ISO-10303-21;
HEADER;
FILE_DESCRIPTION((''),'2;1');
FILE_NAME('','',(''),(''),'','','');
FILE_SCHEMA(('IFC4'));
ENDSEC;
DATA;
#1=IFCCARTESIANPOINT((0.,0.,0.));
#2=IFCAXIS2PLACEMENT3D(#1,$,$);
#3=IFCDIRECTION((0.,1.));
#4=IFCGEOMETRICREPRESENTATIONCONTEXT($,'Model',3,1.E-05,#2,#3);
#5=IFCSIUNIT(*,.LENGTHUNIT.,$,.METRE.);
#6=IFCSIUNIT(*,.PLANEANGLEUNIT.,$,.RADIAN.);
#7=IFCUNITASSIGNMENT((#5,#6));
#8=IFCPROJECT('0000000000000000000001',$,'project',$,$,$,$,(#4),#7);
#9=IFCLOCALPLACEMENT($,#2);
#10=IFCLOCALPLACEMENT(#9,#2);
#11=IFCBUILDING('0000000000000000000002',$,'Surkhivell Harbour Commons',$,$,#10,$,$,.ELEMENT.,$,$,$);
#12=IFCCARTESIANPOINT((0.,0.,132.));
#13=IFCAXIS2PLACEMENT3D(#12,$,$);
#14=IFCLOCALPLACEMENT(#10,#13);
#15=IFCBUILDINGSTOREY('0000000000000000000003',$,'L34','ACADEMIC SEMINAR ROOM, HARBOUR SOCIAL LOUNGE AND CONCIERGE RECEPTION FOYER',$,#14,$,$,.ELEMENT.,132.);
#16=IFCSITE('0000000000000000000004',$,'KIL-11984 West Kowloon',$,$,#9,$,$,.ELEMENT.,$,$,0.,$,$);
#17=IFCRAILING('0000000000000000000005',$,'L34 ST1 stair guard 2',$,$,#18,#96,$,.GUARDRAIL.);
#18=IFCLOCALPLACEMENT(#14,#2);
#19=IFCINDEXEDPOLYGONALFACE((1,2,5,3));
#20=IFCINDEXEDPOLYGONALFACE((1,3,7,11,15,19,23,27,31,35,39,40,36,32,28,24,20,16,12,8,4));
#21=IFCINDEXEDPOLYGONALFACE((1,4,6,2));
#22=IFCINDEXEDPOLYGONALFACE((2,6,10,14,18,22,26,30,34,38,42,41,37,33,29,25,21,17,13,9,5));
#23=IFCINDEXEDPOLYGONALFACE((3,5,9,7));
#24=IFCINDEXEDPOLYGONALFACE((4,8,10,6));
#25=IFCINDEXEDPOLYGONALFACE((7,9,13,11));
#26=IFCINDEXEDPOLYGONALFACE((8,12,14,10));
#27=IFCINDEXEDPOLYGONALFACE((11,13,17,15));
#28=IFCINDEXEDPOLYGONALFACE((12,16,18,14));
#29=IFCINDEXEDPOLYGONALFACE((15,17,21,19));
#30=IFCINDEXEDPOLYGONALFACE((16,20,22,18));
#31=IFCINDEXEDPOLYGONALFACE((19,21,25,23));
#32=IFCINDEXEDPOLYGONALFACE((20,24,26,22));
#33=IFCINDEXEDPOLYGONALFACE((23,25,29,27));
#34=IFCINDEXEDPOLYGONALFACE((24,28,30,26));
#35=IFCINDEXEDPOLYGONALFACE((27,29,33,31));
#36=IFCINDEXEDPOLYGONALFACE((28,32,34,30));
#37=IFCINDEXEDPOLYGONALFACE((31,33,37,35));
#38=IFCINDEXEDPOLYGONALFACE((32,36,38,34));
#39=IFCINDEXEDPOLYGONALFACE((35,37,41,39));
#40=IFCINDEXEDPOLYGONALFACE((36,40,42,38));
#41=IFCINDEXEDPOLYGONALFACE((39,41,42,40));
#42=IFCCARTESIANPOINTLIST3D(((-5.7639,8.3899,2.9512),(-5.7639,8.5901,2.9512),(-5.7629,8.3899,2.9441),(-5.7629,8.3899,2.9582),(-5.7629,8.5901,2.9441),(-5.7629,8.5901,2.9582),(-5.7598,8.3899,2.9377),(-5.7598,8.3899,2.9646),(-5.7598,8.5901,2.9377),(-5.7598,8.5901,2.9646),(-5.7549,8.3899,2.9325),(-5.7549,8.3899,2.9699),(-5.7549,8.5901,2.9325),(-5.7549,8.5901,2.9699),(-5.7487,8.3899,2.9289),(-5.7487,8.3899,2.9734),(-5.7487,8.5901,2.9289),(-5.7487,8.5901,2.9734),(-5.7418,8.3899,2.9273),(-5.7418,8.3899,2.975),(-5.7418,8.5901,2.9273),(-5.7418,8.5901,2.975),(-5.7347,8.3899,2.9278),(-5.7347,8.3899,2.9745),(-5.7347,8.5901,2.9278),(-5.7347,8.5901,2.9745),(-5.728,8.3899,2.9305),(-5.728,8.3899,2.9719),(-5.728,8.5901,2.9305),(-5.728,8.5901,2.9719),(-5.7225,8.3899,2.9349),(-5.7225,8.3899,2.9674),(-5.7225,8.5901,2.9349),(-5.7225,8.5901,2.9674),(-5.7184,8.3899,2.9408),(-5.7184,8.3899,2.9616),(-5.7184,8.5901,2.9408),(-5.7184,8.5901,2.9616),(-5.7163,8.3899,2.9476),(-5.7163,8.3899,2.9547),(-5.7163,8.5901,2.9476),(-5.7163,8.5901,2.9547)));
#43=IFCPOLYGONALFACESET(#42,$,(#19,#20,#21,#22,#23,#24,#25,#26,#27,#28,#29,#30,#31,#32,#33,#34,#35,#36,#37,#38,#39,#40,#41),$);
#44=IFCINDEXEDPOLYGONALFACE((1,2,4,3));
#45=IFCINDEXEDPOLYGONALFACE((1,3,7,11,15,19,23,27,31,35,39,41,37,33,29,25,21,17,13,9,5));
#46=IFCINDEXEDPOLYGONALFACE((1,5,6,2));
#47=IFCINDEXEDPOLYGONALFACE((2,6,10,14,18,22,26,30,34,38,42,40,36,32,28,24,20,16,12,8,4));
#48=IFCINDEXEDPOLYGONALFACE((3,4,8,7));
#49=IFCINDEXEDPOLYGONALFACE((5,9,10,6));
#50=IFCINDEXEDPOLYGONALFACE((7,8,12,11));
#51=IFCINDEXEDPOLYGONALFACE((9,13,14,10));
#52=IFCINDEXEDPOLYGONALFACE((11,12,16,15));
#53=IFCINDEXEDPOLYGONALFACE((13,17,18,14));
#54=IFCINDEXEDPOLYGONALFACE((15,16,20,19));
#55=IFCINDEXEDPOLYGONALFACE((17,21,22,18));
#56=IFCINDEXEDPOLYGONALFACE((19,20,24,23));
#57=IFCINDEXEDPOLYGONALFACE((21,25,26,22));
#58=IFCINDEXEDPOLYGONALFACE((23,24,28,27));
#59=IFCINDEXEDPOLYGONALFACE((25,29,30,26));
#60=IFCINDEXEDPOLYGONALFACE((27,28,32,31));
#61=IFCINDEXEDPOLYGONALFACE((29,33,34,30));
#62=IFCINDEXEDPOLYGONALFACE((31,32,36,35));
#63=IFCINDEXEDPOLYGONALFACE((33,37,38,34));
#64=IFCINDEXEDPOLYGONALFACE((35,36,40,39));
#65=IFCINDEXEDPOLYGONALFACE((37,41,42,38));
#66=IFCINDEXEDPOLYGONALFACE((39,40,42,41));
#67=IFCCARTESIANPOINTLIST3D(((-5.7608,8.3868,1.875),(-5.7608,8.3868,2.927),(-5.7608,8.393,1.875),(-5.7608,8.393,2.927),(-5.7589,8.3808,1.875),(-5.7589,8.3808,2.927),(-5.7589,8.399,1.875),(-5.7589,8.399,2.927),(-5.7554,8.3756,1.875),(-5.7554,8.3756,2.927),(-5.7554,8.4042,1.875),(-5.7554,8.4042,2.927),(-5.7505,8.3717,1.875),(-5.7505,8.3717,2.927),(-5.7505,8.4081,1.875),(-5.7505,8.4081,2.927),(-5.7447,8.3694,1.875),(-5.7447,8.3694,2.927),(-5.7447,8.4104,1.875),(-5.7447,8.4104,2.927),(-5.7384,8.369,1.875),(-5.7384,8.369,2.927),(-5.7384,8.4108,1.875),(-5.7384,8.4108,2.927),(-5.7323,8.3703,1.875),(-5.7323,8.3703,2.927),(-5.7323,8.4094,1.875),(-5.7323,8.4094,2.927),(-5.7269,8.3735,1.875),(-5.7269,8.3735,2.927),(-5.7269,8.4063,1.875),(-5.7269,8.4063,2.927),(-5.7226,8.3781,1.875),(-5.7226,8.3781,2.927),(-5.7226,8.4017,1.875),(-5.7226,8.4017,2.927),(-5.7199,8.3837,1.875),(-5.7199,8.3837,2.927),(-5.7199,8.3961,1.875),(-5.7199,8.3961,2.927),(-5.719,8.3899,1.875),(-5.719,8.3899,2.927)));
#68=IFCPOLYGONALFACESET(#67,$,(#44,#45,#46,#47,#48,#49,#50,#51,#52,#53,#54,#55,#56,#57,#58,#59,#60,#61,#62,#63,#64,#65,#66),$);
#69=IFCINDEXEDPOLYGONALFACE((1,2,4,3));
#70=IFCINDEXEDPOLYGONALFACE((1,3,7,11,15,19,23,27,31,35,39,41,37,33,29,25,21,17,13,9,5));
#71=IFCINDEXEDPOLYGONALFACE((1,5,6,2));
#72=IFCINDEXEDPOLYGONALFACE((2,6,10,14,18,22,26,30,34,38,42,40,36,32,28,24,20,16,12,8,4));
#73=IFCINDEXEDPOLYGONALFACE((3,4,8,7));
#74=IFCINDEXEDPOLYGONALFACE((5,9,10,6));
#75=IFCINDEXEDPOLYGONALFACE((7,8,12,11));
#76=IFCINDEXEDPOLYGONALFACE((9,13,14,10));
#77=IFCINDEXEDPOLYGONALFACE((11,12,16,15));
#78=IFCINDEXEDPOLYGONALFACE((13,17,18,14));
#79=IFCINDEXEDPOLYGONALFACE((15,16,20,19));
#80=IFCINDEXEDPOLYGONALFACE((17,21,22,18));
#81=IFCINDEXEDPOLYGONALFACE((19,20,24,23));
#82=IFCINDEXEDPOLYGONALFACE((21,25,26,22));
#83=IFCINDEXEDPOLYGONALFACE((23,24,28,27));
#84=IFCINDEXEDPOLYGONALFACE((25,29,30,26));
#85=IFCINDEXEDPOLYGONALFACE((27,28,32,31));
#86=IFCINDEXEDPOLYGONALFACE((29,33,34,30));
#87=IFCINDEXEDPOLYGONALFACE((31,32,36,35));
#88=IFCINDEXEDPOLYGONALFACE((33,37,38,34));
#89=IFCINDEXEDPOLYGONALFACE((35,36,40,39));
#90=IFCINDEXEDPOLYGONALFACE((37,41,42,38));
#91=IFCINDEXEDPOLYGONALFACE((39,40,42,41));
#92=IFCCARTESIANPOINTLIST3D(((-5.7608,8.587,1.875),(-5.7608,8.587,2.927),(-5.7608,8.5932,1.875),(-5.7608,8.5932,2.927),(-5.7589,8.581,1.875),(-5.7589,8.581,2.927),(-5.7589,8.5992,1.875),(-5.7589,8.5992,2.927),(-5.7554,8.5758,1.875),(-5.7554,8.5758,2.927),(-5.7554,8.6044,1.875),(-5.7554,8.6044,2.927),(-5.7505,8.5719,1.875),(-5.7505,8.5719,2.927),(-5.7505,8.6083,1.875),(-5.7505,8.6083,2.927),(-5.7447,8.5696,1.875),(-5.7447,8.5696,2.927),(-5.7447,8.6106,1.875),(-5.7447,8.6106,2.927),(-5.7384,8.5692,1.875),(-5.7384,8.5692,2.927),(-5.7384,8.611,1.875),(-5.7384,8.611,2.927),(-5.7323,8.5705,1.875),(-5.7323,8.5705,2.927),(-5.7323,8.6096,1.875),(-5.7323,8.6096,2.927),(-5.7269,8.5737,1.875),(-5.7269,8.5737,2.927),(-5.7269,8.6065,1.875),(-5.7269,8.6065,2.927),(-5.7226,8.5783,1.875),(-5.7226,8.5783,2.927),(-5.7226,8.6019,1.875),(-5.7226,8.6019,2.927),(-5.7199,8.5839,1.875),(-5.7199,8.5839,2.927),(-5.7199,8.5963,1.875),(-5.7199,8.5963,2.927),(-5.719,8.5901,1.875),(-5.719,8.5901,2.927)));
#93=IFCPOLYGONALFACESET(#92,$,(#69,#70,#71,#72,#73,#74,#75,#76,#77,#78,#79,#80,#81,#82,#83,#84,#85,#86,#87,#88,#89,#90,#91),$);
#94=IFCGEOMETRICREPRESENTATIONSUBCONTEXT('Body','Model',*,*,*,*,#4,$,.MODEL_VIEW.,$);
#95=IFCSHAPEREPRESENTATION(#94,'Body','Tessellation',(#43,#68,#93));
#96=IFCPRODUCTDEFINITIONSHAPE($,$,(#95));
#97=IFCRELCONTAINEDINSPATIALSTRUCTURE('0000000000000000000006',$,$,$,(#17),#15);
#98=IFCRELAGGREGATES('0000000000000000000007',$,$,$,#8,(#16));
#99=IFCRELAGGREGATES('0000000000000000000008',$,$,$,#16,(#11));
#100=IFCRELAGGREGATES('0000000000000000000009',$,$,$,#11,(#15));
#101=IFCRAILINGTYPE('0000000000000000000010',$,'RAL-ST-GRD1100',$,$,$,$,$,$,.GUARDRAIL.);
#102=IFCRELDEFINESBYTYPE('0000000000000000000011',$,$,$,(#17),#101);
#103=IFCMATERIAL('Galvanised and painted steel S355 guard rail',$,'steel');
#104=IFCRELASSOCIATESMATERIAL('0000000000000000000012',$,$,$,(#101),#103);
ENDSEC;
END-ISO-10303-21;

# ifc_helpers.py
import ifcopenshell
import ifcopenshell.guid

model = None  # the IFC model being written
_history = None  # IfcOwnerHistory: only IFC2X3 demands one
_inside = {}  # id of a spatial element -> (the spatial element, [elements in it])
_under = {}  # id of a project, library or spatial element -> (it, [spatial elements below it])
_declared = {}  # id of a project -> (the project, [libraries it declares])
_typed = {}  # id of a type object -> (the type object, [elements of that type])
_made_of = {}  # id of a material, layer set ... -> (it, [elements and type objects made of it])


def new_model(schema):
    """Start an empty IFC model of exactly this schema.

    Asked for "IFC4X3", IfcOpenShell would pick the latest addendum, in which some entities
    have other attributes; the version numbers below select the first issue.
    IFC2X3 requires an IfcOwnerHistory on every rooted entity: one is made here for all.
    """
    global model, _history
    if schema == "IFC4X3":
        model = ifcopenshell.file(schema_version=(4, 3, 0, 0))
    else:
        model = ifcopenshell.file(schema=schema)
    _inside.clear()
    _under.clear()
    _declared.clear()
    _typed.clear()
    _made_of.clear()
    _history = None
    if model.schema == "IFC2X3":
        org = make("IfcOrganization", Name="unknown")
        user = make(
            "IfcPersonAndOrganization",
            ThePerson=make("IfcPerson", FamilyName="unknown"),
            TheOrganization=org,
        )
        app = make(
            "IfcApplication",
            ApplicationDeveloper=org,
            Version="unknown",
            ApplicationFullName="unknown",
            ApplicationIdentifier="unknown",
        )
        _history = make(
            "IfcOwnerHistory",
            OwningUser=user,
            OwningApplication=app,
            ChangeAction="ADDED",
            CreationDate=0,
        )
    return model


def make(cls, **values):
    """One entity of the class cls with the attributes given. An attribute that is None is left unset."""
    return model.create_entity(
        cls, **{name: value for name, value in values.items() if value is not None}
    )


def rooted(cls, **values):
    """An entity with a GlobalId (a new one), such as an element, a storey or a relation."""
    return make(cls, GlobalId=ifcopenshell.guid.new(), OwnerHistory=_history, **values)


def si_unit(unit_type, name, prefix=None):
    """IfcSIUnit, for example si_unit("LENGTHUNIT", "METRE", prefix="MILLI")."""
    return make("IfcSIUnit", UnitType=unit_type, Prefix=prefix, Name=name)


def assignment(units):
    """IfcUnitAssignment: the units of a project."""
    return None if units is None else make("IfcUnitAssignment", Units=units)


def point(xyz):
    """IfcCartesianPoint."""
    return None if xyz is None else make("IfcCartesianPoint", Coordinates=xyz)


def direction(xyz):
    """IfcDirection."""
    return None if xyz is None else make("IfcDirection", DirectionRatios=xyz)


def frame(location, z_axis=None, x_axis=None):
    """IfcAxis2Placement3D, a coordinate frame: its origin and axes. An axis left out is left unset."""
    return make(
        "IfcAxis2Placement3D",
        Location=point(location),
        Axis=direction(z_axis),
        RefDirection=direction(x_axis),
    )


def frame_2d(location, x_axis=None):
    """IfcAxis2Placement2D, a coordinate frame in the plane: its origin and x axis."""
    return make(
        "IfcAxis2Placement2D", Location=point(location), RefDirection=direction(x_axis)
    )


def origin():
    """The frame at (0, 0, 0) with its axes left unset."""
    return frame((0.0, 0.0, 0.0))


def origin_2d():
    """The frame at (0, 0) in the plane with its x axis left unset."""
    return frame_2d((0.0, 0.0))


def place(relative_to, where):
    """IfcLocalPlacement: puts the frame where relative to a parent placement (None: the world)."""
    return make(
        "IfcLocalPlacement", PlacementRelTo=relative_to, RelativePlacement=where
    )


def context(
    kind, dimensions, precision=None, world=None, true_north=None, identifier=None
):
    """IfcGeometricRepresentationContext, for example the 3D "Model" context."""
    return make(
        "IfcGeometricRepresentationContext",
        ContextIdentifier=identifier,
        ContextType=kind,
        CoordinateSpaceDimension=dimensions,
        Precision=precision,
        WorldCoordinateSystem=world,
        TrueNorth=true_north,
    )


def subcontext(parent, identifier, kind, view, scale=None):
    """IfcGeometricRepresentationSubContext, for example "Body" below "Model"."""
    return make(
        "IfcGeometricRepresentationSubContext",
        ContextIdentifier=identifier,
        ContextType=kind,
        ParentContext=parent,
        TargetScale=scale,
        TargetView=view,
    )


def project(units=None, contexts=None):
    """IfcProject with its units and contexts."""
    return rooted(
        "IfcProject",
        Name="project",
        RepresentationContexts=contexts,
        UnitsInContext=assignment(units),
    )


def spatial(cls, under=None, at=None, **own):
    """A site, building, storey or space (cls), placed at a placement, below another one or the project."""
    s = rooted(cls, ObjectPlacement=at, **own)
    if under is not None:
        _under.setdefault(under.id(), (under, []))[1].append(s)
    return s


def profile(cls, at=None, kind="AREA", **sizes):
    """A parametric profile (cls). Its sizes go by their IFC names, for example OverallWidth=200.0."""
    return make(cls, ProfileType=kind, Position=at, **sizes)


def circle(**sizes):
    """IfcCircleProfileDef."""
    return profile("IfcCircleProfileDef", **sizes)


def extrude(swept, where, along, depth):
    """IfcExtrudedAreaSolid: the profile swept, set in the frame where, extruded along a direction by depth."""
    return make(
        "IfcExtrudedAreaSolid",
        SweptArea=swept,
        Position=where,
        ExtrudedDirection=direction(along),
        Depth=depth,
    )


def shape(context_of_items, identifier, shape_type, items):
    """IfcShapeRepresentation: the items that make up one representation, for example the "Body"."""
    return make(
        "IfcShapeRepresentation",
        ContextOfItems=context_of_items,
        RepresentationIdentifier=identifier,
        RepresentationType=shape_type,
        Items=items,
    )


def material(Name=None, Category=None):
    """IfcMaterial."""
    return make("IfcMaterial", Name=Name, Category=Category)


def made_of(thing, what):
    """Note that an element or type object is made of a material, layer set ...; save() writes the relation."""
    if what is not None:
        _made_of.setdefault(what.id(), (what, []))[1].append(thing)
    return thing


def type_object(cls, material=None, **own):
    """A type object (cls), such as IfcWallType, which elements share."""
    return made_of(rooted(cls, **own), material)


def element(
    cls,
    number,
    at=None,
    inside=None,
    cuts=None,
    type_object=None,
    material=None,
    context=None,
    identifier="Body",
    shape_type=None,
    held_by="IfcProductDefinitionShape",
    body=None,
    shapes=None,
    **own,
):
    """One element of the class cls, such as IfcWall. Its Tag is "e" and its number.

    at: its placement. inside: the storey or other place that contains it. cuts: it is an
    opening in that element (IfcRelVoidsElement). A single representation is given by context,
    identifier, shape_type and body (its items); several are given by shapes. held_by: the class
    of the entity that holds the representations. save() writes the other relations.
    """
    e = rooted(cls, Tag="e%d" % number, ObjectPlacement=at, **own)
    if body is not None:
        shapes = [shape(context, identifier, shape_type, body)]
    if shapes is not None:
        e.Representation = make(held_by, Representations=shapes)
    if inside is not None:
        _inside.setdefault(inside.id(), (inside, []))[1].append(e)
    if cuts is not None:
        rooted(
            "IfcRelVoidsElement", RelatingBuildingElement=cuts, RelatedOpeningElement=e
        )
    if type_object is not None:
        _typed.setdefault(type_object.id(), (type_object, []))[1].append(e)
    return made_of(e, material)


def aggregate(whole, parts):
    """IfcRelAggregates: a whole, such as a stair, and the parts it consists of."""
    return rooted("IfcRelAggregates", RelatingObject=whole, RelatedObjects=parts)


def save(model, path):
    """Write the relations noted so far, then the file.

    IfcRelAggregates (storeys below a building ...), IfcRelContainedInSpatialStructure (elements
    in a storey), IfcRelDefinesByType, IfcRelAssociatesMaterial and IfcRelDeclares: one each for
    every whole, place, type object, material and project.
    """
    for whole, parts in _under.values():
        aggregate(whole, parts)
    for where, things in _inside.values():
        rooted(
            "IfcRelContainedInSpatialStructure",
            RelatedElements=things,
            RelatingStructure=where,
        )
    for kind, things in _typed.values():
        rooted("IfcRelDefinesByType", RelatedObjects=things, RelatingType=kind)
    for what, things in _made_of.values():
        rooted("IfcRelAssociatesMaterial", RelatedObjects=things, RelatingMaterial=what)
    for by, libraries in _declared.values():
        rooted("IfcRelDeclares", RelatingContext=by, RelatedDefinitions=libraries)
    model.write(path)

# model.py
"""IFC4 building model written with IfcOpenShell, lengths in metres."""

from ifc_helpers import new_model, si_unit, direction, frame, origin, origin_2d, place, context, subcontext, project, spatial, circle, extrude, material, type_object, element, save


model = new_model("IFC4")

# Units and contexts
model_context = context("Model", 3, precision=1e-05, world=origin(), true_north=direction((0.0, 1.0)))
body_context = subcontext(model_context, "Body", "Model", "MODEL_VIEW")
ifc_project = project(units=[si_unit("LENGTHUNIT", "METRE"), si_unit("PLANEANGLEUNIT", "RADIAN")], contexts=[model_context])

# Site, building, storey
site_placement = place(None, origin())
site = spatial("IfcSite", under=ifc_project, at=site_placement, Name="KIL-11984 West Kowloon", CompositionType="ELEMENT", RefElevation=0.0)
building_placement = place(site_placement, origin())
building = spatial("IfcBuilding", under=site, at=building_placement, Name="Surkhivell Harbour Commons", CompositionType="ELEMENT")
storey_placement = place(building_placement, frame((0.0, 0.0, 132.0)))
storey = spatial("IfcBuildingStorey", under=building, at=storey_placement, Name="L34", Description="ACADEMIC SEMINAR ROOM, HARBOUR SOCIAL LOUNGE AND CONCIERGE RECEPTION FOYER", CompositionType="ELEMENT", Elevation=132.0)

# Railing
ifc_material_1 = material(Name="Galvanised and painted steel S355 guard rail", Category="steel")
railing_type_1 = type_object("IfcRailingType", Name="RAL-ST-GRD1100", PredefinedType="GUARDRAIL", material=ifc_material_1)
railing_1_placement = place(storey_placement, frame((-5.74, 8.3899, 1.875)))
element("IfcRailing", 1, at=railing_1_placement, inside=storey, type_object=railing_type_1, Name="L34 ST1 stair guard 2", PredefinedType="GUARDRAIL", context=body_context, shape_type="SweptSolid", body=[
    extrude(circle(Radius=0.0239, at=origin_2d()), frame((0.0, 0.0, 1.0762), z_axis=(0.0, 1.0, 0.0), x_axis=(-1.0, 0.0, 0.0)), (0.0, 0.0, 1.0), 0.2002),
    extrude(circle(Radius=0.021, at=origin_2d()), origin(), (0.0, 0.0, 1.0), 1.052),
    extrude(circle(Radius=0.021, at=origin_2d()), frame((0.0, 0.2002, 0.0)), (0.0, 0.0, 1.0), 1.052),
])

save(model, "model.ifc")
